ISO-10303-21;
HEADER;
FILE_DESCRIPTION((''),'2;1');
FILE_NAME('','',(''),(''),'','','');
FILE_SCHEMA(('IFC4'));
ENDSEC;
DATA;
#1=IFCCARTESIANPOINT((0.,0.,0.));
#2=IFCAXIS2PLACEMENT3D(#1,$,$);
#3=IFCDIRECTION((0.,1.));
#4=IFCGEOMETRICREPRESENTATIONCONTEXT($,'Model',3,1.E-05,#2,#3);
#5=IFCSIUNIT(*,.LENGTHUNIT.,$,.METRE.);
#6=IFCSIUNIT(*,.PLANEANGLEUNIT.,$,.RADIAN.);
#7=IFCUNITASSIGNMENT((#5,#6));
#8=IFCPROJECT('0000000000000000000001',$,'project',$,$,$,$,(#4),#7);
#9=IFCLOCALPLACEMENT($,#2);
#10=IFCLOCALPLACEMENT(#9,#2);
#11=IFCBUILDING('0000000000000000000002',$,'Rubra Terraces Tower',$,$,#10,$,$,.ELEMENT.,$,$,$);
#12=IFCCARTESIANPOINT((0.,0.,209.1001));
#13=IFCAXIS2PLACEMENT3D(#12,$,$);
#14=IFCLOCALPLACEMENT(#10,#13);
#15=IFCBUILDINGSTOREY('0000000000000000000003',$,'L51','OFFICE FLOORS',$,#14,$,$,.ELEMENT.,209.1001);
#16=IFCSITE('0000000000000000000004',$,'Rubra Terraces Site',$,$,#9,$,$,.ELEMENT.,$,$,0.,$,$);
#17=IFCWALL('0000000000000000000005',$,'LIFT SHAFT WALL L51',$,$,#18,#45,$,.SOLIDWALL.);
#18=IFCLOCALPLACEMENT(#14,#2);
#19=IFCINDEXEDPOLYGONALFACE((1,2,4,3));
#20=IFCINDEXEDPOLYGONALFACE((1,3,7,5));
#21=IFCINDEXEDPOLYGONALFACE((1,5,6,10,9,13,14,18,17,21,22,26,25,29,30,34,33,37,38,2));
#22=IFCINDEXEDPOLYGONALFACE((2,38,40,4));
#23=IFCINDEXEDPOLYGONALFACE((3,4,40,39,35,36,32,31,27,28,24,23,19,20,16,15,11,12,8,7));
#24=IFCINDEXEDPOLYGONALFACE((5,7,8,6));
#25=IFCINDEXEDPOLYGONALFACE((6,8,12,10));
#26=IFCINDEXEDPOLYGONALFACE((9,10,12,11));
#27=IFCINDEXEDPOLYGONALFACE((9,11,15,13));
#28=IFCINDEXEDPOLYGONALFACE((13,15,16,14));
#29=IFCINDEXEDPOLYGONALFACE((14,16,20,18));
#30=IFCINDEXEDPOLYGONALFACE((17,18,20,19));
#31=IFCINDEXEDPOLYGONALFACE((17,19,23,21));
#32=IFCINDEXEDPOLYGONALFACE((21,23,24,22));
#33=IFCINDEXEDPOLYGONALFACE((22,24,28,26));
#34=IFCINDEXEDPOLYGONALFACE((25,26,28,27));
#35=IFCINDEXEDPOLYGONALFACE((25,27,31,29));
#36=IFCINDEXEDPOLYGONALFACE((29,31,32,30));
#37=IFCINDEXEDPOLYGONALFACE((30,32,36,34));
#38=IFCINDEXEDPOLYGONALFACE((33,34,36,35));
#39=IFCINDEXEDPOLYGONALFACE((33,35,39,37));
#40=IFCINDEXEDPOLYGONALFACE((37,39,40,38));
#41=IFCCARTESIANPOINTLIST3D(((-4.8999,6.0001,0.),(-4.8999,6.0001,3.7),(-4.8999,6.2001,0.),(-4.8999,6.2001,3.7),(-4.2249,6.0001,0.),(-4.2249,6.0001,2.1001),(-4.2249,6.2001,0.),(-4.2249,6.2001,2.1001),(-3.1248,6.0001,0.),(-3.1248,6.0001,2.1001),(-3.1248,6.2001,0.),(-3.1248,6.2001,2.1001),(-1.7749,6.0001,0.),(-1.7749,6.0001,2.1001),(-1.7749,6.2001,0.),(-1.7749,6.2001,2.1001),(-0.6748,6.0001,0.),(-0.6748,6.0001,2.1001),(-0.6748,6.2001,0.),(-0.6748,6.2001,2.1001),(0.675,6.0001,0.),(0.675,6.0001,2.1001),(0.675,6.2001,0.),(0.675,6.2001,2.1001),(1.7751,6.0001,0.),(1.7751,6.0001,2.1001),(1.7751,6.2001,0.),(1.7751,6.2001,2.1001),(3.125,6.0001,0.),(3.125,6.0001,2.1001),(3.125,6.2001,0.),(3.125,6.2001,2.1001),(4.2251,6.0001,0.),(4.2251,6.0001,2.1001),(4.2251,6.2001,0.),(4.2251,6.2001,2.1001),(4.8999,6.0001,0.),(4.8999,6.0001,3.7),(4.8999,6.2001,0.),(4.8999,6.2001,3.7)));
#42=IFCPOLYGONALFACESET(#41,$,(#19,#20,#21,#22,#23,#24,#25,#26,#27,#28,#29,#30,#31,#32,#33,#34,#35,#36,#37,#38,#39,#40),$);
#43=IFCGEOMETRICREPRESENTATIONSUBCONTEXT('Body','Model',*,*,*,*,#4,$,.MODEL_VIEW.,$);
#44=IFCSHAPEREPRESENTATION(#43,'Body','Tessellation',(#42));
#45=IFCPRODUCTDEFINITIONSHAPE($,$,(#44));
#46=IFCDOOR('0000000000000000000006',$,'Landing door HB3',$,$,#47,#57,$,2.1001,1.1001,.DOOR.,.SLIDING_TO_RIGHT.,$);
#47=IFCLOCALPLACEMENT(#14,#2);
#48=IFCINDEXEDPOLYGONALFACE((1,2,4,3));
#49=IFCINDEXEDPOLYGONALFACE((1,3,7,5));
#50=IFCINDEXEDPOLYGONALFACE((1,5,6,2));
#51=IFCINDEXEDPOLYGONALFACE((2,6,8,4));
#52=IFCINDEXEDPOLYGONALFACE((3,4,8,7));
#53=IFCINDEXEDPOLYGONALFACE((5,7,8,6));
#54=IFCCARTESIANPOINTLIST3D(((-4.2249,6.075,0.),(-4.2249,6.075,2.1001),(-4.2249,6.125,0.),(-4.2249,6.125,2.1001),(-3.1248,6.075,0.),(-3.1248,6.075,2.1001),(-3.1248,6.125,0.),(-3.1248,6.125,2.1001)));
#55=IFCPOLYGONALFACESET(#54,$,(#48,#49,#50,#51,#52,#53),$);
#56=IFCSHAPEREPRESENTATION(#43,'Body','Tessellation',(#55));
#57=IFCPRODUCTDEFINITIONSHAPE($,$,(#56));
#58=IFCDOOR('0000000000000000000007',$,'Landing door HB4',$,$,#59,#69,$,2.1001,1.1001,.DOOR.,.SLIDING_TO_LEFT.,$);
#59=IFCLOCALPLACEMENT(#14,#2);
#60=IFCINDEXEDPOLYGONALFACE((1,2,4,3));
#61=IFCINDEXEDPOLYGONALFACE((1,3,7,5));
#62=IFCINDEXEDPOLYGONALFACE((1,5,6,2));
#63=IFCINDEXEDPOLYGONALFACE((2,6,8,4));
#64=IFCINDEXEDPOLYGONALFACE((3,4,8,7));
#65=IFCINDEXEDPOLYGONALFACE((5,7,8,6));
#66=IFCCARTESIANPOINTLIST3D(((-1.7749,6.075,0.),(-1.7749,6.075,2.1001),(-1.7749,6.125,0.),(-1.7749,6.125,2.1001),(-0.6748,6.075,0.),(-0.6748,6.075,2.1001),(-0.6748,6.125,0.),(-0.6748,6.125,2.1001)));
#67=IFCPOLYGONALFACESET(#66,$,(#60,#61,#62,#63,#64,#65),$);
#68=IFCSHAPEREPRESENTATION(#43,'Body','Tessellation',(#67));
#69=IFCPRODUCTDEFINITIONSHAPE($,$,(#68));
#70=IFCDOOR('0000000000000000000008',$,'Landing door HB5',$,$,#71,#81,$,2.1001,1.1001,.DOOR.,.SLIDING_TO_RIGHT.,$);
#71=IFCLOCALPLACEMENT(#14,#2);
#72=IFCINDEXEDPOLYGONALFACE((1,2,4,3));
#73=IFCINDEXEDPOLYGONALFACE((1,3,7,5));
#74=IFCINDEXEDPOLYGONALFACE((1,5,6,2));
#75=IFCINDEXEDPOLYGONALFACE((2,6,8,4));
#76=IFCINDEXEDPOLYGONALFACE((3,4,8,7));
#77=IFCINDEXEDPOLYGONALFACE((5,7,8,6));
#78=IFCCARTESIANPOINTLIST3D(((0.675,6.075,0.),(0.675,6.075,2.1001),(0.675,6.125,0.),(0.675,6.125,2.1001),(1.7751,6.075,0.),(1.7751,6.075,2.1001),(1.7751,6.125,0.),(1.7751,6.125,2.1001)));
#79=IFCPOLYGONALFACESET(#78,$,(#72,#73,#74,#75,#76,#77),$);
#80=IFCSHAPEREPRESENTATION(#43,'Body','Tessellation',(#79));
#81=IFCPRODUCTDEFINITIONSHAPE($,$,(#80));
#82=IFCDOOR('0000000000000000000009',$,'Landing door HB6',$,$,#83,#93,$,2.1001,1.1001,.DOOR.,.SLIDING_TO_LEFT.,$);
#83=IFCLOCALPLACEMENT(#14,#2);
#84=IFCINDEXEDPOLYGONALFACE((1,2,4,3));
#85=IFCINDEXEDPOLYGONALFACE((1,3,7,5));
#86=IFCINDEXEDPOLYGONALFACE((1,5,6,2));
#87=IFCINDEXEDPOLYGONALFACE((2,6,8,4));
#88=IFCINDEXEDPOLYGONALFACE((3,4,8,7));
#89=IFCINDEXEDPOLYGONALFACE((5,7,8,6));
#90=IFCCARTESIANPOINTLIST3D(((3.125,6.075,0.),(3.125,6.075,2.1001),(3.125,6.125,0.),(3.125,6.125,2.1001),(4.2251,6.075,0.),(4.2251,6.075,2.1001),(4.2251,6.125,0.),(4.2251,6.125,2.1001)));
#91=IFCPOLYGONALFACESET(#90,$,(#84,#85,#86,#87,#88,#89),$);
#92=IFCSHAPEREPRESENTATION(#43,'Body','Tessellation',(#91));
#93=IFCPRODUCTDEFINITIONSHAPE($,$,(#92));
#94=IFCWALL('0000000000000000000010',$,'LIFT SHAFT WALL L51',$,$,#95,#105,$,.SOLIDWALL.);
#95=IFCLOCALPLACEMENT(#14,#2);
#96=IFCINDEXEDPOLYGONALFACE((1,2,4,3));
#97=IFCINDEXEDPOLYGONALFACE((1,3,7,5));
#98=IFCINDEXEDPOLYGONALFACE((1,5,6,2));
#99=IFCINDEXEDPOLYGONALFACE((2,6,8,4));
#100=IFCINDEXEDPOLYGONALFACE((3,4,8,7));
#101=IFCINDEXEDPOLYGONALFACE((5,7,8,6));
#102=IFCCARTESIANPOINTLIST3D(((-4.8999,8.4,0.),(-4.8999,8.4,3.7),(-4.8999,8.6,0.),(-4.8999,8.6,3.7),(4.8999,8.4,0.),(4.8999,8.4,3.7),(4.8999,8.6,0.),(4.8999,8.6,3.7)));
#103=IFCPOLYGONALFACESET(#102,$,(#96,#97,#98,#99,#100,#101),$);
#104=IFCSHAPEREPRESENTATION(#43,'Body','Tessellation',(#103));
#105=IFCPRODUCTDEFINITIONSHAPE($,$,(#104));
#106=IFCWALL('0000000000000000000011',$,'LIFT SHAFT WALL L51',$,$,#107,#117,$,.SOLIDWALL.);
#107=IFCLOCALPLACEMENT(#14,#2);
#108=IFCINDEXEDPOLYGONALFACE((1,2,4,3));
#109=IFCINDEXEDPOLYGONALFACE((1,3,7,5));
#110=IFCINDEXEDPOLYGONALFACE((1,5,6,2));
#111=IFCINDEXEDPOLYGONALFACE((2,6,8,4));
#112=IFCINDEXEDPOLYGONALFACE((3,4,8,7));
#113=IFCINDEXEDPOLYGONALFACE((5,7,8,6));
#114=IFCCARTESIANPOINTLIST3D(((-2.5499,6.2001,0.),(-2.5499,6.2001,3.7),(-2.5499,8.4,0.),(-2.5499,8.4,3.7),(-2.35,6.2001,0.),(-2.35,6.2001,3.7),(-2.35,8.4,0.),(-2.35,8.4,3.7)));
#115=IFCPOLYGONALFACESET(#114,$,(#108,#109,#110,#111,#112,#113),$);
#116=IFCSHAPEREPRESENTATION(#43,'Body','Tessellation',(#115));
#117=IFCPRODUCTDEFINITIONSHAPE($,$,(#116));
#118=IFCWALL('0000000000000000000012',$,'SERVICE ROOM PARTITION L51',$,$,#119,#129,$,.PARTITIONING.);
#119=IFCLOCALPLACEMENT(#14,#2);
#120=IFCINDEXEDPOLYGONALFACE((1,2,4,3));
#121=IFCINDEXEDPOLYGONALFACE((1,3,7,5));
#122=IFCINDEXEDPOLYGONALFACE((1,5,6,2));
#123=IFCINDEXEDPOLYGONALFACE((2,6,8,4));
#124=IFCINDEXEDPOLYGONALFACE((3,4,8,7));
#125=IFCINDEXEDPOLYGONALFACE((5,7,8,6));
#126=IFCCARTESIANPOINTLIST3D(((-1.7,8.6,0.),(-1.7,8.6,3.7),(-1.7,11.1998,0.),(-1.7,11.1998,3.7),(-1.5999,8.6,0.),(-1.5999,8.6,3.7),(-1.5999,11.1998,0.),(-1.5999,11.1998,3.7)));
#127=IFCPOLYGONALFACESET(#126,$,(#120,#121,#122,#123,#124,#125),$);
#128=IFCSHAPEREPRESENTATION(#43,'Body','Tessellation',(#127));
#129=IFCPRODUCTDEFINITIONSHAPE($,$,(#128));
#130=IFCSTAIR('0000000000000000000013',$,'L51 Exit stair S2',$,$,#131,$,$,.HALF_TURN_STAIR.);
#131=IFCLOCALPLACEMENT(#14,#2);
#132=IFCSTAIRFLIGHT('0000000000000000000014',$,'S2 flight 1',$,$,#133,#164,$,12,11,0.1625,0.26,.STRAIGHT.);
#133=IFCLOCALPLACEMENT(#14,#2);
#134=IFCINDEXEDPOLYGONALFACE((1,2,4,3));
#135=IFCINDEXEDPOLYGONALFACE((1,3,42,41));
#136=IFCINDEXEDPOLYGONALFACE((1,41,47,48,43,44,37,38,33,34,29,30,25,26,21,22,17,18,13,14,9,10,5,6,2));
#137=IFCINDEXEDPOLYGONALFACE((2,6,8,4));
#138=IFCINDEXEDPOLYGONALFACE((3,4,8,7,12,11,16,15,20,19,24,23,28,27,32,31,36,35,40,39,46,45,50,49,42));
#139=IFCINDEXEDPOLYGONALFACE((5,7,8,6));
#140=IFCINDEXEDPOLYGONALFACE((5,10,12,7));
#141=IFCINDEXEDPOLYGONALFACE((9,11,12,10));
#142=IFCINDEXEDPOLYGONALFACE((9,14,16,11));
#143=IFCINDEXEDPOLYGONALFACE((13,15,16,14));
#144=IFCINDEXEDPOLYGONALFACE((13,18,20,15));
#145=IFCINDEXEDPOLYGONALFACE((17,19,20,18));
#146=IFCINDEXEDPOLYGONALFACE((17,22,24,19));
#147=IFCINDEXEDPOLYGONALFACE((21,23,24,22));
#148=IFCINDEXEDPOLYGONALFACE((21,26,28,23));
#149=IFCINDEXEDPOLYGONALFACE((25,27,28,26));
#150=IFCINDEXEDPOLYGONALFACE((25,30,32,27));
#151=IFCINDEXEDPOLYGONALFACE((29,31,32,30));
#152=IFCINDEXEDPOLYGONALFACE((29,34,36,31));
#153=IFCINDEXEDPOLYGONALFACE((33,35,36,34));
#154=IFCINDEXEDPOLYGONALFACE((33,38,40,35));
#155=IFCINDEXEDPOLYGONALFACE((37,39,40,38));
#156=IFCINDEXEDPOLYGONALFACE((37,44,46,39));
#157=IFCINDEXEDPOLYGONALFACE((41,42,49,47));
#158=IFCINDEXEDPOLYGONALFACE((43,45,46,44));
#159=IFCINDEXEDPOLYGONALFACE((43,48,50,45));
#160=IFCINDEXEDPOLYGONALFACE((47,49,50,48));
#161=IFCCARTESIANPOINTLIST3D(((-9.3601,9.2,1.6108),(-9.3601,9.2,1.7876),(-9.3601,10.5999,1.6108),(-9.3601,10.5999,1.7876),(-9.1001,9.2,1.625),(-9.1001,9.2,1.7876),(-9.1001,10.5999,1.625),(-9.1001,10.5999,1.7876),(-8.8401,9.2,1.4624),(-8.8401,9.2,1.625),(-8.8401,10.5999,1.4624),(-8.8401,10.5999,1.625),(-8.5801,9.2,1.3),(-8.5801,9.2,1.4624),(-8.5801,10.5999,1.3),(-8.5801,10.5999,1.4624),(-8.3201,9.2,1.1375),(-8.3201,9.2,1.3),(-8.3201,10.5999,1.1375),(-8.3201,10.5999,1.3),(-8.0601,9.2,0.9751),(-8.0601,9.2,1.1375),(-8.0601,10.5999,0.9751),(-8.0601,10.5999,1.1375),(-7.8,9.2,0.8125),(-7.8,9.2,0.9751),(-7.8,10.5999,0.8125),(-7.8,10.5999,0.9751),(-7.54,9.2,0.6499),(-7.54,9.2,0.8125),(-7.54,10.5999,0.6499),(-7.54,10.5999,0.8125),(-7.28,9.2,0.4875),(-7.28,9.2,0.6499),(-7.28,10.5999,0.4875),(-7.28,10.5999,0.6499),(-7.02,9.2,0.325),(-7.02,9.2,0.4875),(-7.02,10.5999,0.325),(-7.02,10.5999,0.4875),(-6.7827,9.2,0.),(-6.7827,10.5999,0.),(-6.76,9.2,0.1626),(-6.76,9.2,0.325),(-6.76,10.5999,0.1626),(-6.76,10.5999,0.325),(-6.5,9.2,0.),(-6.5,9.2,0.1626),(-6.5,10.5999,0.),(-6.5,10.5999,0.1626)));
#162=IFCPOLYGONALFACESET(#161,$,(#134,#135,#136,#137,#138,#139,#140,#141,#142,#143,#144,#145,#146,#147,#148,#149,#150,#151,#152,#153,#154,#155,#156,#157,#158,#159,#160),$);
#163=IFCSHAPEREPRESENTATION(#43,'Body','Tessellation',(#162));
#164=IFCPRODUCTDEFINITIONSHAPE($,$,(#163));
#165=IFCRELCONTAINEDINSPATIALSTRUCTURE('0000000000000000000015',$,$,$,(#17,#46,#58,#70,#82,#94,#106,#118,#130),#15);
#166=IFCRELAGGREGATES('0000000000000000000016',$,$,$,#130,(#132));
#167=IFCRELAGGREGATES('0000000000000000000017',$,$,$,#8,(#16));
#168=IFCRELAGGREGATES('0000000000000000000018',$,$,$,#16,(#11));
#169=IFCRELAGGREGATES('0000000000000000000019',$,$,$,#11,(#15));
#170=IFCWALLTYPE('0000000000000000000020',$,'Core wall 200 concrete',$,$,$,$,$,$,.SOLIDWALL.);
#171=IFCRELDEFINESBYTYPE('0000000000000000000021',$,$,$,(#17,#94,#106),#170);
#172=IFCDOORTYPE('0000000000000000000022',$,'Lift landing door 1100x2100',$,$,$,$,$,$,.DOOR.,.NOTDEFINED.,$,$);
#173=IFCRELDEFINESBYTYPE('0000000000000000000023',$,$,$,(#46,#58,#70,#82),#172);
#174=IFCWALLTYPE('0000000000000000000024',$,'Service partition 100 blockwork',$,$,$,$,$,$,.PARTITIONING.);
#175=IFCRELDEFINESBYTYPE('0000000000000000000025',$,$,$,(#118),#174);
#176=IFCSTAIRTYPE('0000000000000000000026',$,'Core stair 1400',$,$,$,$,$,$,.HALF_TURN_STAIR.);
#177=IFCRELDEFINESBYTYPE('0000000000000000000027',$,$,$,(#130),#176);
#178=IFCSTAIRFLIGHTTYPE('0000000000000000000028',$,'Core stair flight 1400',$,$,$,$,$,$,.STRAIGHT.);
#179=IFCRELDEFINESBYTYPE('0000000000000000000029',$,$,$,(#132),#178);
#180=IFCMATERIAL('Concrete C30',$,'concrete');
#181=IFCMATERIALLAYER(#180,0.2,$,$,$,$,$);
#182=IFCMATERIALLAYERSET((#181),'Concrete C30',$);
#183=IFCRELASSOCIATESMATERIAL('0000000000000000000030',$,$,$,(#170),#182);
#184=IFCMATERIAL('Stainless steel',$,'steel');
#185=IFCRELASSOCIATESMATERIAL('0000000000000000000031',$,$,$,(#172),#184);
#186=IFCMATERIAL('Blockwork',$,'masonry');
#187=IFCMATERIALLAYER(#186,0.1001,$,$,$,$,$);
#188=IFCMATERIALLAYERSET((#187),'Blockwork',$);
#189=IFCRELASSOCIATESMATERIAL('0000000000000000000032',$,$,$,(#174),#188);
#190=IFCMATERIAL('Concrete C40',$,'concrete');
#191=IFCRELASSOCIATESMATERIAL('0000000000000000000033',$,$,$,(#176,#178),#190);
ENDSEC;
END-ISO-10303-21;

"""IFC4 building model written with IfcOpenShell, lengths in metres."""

from ifc_helpers import new_model, si_unit, direction, frame, frame_2d, origin, place, context, subcontext, project, spatial, polyline, rectangle, outline, extrude, material, layer, layer_set, type_object, element, fill, aggregate, save


model = new_model("IFC4")

# Units and contexts
model_context = context("Model", 3, precision=1e-05, world=origin(), true_north=direction((0.0, 1.0)))
body_context = subcontext(model_context, "Body", "Model", "MODEL_VIEW")
ifc_project = project(units=[si_unit("LENGTHUNIT", "METRE"), si_unit("PLANEANGLEUNIT", "RADIAN")], contexts=[model_context])

# Site, building, storey
site_placement = place(None, origin())
site = spatial("IfcSite", under=ifc_project, at=site_placement, Name="Rubra Terraces Site", CompositionType="ELEMENT", RefElevation=0.0)
building_placement = place(site_placement, origin())
building = spatial("IfcBuilding", under=site, at=building_placement, Name="Rubra Terraces Tower", CompositionType="ELEMENT")
storey_placement = place(building_placement, frame((0.0, 0.0, 209.1001)))
storey = spatial("IfcBuildingStorey", under=building, at=storey_placement, Name="L51", Description="OFFICE FLOORS", CompositionType="ELEMENT", Elevation=209.1001)

# Shared definitions
ifc_material_1 = material(Name="Concrete C30", Category="concrete")
ifc_layer_1 = layer(ifc_material_1, 0.2)
ifc_layer_set_1 = layer_set([ifc_layer_1], Name="Concrete C30")
wall_type_1 = type_object("IfcWallType", Name="Core wall 200 concrete", PredefinedType="SOLIDWALL", material=ifc_layer_set_1)

# Wall, openings, doors
ifc_material_2 = material(Name="Stainless steel", Category="steel")
door_type_1 = type_object("IfcDoorType", Name="Lift landing door 1100x2100", OperationType="NOTDEFINED", PredefinedType="DOOR", material=ifc_material_2)
wall_1_placement = place(storey_placement, frame((-4.8999, 6.1001, 0.0), z_axis=(0.0, 0.0, 1.0), x_axis=(1.0, 0.0, 0.0)))
wall_1 = element("IfcWall", 1, at=wall_1_placement, inside=storey, type_object=wall_type_1, Name="LIFT SHAFT WALL L51", PredefinedType="SOLIDWALL", context=body_context, shape_type="SweptSolid", body=[
    extrude(rectangle(XDim=9.7998, YDim=0.2, at=frame_2d((4.8999, 0.0))), origin(), (0.0, 0.0, 1.0), 3.7),
])
opening_1_placement = place(wall_1_placement, frame((0.675, 0.0, 0.0)))
opening_1 = element("IfcOpeningElement", 2, at=opening_1_placement, cuts=wall_1, PredefinedType="OPENING", context=body_context, shape_type="SweptSolid", body=[
    extrude(rectangle(XDim=1.1001, YDim=2.1001, at=frame_2d((0.55, 1.05))), frame((0.0, 0.1099, 0.0), z_axis=(0.0, -1.0, 0.0), x_axis=(1.0, 0.0, 0.0)), (0.0, 0.0, 1.0), 0.22),
])
opening_2_placement = place(wall_1_placement, frame((3.125, 0.0, 0.0)))
opening_2 = element("IfcOpeningElement", 3, at=opening_2_placement, cuts=wall_1, PredefinedType="OPENING", context=body_context, shape_type="SweptSolid", body=[
    extrude(rectangle(XDim=1.1001, YDim=2.1001, at=frame_2d((0.55, 1.05))), frame((0.0, 0.1099, 0.0), z_axis=(0.0, -1.0, 0.0), x_axis=(1.0, 0.0, 0.0)), (0.0, 0.0, 1.0), 0.22),
])
opening_3_placement = place(wall_1_placement, frame((5.575, 0.0, 0.0)))
opening_3 = element("IfcOpeningElement", 4, at=opening_3_placement, cuts=wall_1, PredefinedType="OPENING", context=body_context, shape_type="SweptSolid", body=[
    extrude(rectangle(XDim=1.1001, YDim=2.1001, at=frame_2d((0.55, 1.05))), frame((0.0, 0.1099, 0.0), z_axis=(0.0, -1.0, 0.0), x_axis=(1.0, 0.0, 0.0)), (0.0, 0.0, 1.0), 0.22),
])
opening_4_placement = place(wall_1_placement, frame((8.0249, 0.0, 0.0)))
opening_4 = element("IfcOpeningElement", 5, at=opening_4_placement, cuts=wall_1, PredefinedType="OPENING", context=body_context, shape_type="SweptSolid", body=[
    extrude(rectangle(XDim=1.1001, YDim=2.1001, at=frame_2d((0.55, 1.05))), frame((0.0, 0.1099, 0.0), z_axis=(0.0, -1.0, 0.0), x_axis=(1.0, 0.0, 0.0)), (0.0, 0.0, 1.0), 0.22),
])
door_1_placement = place(opening_1_placement, origin())
door_1 = element("IfcDoor", 6, at=door_1_placement, inside=storey, type_object=door_type_1, Name="Landing door HB3", OperationType="SLIDING_TO_RIGHT", OverallHeight=2.1001, OverallWidth=1.1001, PredefinedType="DOOR", context=body_context, shape_type="SweptSolid", body=[
    extrude(rectangle(XDim=1.1001, YDim=2.1001, at=frame_2d((0.55, 1.05))), frame((0.0, 0.0249, 0.0), z_axis=(0.0, -1.0, 0.0), x_axis=(1.0, 0.0, 0.0)), (0.0, 0.0, 1.0), 0.05),
])
fill(opening_1, door_1)
door_2_placement = place(opening_2_placement, origin())
door_2 = element("IfcDoor", 7, at=door_2_placement, inside=storey, type_object=door_type_1, Name="Landing door HB4", OperationType="SLIDING_TO_LEFT", OverallHeight=2.1001, OverallWidth=1.1001, PredefinedType="DOOR", context=body_context, shape_type="SweptSolid", body=[
    extrude(rectangle(XDim=1.1001, YDim=2.1001, at=frame_2d((0.55, 1.05))), frame((0.0, 0.0249, 0.0), z_axis=(0.0, -1.0, 0.0), x_axis=(1.0, 0.0, 0.0)), (0.0, 0.0, 1.0), 0.05),
])
fill(opening_2, door_2)
door_3_placement = place(opening_3_placement, origin())
door_3 = element("IfcDoor", 8, at=door_3_placement, inside=storey, type_object=door_type_1, Name="Landing door HB5", OperationType="SLIDING_TO_RIGHT", OverallHeight=2.1001, OverallWidth=1.1001, PredefinedType="DOOR", context=body_context, shape_type="SweptSolid", body=[
    extrude(rectangle(XDim=1.1001, YDim=2.1001, at=frame_2d((0.55, 1.05))), frame((0.0, 0.0249, 0.0), z_axis=(0.0, -1.0, 0.0), x_axis=(1.0, 0.0, 0.0)), (0.0, 0.0, 1.0), 0.05),
])
fill(opening_3, door_3)
door_4_placement = place(opening_4_placement, origin())
door_4 = element("IfcDoor", 9, at=door_4_placement, inside=storey, type_object=door_type_1, Name="Landing door HB6", OperationType="SLIDING_TO_LEFT", OverallHeight=2.1001, OverallWidth=1.1001, PredefinedType="DOOR", context=body_context, shape_type="SweptSolid", body=[
    extrude(rectangle(XDim=1.1001, YDim=2.1001, at=frame_2d((0.55, 1.05))), frame((0.0, 0.0249, 0.0), z_axis=(0.0, -1.0, 0.0), x_axis=(1.0, 0.0, 0.0)), (0.0, 0.0, 1.0), 0.05),
])
fill(opening_4, door_4)

# Walls
wall_2_placement = place(storey_placement, frame((-4.8999, 8.5, 0.0), z_axis=(0.0, 0.0, 1.0), x_axis=(1.0, 0.0, 0.0)))
element("IfcWall", 10, at=wall_2_placement, inside=storey, type_object=wall_type_1, Name="LIFT SHAFT WALL L51", PredefinedType="SOLIDWALL", context=body_context, shape_type="SweptSolid", body=[
    extrude(rectangle(XDim=9.7998, YDim=0.2, at=frame_2d((4.8999, 0.0))), origin(), (0.0, 0.0, 1.0), 3.7),
])
wall_3_placement = place(storey_placement, frame((-2.45, 6.2, 0.0), z_axis=(0.0, 0.0, 1.0), x_axis=(0.0, 1.0, 0.0)))
element("IfcWall", 11, at=wall_3_placement, inside=storey, type_object=wall_type_1, Name="LIFT SHAFT WALL L51", PredefinedType="SOLIDWALL", context=body_context, shape_type="SweptSolid", body=[
    extrude(rectangle(XDim=2.2, YDim=0.2, at=frame_2d((1.1001, 0.0))), origin(), (0.0, 0.0, 1.0), 3.7),
])
ifc_material_3 = material(Name="Blockwork", Category="masonry")
ifc_layer_2 = layer(ifc_material_3, 0.1001)
ifc_layer_set_2 = layer_set([ifc_layer_2], Name="Blockwork")
wall_type_2 = type_object("IfcWallType", Name="Service partition 100 blockwork", PredefinedType="PARTITIONING", material=ifc_layer_set_2)
wall_4_placement = place(storey_placement, frame((-1.6499, 8.6001, 0.0), z_axis=(0.0, 0.0, 1.0), x_axis=(0.0, 1.0, 0.0)))
element("IfcWall", 12, at=wall_4_placement, inside=storey, type_object=wall_type_2, Name="SERVICE ROOM PARTITION L51", PredefinedType="PARTITIONING", context=body_context, shape_type="SweptSolid", body=[
    extrude(rectangle(XDim=2.5999, YDim=0.1001, at=frame_2d((1.2998, 0.0))), origin(), (0.0, 0.0, 1.0), 3.7),
])

# Stair, stair flight
ifc_material_4 = material(Name="Concrete C40", Category="concrete")
stair_type = type_object("IfcStairType", Name="Core stair 1400", PredefinedType="HALF_TURN_STAIR", material=ifc_material_4)
stair_placement = place(storey_placement, origin())
stair = element("IfcStair", 13, at=stair_placement, inside=storey, type_object=stair_type, Name="L51 Exit stair S2", PredefinedType="HALF_TURN_STAIR")
stair_flight_type = type_object("IfcStairFlightType", Name="Core stair flight 1400", PredefinedType="STRAIGHT", material=ifc_material_4)
stair_flight_1_placement = place(storey_placement, frame((-6.5, 9.8999, 0.0), z_axis=(0.0, 0.0, 1.0), x_axis=(-1.0, 0.0, 0.0)))
stair_flight_1 = element("IfcStairFlight", 14, at=stair_flight_1_placement, type_object=stair_flight_type, Name="S2 flight 1", NumberOfRisers=12, NumberOfTreads=11, PredefinedType="STRAIGHT", RiserHeight=0.1625, TreadLength=0.26, context=body_context, shape_type="SweptSolid", body=[
    extrude(outline(polyline([(0.0, 0.0), (0.0, 0.1626), (0.26, 0.1626), (0.26, 0.325), (0.52, 0.325), (0.52, 0.4875), (0.78, 0.4875), (0.78, 0.6499), (1.04, 0.6499), (1.04, 0.8125), (1.3, 0.8125), (1.3, 0.9751), (1.5601, 0.9751), (1.5601, 1.1375), (1.8201, 1.1375), (1.8201, 1.3), (2.0801, 1.3), (2.0801, 1.4624), (2.3401, 1.4624), (2.3401, 1.625), (2.6001, 1.625), (2.6001, 1.7876), (2.8601, 1.7876), (2.8601, 1.95), (2.8601, 1.6108), (0.2827, 0.0), (0.0, 0.0)])), frame((0.0, 0.7, 0.0), z_axis=(0.0, -1.0, 0.0), x_axis=(1.0, 0.0, 0.0)), (0.0, 0.0, 1.0), 1.3999),
])
aggregate(stair, [stair_flight_1])

save(model, "model.ifc")
